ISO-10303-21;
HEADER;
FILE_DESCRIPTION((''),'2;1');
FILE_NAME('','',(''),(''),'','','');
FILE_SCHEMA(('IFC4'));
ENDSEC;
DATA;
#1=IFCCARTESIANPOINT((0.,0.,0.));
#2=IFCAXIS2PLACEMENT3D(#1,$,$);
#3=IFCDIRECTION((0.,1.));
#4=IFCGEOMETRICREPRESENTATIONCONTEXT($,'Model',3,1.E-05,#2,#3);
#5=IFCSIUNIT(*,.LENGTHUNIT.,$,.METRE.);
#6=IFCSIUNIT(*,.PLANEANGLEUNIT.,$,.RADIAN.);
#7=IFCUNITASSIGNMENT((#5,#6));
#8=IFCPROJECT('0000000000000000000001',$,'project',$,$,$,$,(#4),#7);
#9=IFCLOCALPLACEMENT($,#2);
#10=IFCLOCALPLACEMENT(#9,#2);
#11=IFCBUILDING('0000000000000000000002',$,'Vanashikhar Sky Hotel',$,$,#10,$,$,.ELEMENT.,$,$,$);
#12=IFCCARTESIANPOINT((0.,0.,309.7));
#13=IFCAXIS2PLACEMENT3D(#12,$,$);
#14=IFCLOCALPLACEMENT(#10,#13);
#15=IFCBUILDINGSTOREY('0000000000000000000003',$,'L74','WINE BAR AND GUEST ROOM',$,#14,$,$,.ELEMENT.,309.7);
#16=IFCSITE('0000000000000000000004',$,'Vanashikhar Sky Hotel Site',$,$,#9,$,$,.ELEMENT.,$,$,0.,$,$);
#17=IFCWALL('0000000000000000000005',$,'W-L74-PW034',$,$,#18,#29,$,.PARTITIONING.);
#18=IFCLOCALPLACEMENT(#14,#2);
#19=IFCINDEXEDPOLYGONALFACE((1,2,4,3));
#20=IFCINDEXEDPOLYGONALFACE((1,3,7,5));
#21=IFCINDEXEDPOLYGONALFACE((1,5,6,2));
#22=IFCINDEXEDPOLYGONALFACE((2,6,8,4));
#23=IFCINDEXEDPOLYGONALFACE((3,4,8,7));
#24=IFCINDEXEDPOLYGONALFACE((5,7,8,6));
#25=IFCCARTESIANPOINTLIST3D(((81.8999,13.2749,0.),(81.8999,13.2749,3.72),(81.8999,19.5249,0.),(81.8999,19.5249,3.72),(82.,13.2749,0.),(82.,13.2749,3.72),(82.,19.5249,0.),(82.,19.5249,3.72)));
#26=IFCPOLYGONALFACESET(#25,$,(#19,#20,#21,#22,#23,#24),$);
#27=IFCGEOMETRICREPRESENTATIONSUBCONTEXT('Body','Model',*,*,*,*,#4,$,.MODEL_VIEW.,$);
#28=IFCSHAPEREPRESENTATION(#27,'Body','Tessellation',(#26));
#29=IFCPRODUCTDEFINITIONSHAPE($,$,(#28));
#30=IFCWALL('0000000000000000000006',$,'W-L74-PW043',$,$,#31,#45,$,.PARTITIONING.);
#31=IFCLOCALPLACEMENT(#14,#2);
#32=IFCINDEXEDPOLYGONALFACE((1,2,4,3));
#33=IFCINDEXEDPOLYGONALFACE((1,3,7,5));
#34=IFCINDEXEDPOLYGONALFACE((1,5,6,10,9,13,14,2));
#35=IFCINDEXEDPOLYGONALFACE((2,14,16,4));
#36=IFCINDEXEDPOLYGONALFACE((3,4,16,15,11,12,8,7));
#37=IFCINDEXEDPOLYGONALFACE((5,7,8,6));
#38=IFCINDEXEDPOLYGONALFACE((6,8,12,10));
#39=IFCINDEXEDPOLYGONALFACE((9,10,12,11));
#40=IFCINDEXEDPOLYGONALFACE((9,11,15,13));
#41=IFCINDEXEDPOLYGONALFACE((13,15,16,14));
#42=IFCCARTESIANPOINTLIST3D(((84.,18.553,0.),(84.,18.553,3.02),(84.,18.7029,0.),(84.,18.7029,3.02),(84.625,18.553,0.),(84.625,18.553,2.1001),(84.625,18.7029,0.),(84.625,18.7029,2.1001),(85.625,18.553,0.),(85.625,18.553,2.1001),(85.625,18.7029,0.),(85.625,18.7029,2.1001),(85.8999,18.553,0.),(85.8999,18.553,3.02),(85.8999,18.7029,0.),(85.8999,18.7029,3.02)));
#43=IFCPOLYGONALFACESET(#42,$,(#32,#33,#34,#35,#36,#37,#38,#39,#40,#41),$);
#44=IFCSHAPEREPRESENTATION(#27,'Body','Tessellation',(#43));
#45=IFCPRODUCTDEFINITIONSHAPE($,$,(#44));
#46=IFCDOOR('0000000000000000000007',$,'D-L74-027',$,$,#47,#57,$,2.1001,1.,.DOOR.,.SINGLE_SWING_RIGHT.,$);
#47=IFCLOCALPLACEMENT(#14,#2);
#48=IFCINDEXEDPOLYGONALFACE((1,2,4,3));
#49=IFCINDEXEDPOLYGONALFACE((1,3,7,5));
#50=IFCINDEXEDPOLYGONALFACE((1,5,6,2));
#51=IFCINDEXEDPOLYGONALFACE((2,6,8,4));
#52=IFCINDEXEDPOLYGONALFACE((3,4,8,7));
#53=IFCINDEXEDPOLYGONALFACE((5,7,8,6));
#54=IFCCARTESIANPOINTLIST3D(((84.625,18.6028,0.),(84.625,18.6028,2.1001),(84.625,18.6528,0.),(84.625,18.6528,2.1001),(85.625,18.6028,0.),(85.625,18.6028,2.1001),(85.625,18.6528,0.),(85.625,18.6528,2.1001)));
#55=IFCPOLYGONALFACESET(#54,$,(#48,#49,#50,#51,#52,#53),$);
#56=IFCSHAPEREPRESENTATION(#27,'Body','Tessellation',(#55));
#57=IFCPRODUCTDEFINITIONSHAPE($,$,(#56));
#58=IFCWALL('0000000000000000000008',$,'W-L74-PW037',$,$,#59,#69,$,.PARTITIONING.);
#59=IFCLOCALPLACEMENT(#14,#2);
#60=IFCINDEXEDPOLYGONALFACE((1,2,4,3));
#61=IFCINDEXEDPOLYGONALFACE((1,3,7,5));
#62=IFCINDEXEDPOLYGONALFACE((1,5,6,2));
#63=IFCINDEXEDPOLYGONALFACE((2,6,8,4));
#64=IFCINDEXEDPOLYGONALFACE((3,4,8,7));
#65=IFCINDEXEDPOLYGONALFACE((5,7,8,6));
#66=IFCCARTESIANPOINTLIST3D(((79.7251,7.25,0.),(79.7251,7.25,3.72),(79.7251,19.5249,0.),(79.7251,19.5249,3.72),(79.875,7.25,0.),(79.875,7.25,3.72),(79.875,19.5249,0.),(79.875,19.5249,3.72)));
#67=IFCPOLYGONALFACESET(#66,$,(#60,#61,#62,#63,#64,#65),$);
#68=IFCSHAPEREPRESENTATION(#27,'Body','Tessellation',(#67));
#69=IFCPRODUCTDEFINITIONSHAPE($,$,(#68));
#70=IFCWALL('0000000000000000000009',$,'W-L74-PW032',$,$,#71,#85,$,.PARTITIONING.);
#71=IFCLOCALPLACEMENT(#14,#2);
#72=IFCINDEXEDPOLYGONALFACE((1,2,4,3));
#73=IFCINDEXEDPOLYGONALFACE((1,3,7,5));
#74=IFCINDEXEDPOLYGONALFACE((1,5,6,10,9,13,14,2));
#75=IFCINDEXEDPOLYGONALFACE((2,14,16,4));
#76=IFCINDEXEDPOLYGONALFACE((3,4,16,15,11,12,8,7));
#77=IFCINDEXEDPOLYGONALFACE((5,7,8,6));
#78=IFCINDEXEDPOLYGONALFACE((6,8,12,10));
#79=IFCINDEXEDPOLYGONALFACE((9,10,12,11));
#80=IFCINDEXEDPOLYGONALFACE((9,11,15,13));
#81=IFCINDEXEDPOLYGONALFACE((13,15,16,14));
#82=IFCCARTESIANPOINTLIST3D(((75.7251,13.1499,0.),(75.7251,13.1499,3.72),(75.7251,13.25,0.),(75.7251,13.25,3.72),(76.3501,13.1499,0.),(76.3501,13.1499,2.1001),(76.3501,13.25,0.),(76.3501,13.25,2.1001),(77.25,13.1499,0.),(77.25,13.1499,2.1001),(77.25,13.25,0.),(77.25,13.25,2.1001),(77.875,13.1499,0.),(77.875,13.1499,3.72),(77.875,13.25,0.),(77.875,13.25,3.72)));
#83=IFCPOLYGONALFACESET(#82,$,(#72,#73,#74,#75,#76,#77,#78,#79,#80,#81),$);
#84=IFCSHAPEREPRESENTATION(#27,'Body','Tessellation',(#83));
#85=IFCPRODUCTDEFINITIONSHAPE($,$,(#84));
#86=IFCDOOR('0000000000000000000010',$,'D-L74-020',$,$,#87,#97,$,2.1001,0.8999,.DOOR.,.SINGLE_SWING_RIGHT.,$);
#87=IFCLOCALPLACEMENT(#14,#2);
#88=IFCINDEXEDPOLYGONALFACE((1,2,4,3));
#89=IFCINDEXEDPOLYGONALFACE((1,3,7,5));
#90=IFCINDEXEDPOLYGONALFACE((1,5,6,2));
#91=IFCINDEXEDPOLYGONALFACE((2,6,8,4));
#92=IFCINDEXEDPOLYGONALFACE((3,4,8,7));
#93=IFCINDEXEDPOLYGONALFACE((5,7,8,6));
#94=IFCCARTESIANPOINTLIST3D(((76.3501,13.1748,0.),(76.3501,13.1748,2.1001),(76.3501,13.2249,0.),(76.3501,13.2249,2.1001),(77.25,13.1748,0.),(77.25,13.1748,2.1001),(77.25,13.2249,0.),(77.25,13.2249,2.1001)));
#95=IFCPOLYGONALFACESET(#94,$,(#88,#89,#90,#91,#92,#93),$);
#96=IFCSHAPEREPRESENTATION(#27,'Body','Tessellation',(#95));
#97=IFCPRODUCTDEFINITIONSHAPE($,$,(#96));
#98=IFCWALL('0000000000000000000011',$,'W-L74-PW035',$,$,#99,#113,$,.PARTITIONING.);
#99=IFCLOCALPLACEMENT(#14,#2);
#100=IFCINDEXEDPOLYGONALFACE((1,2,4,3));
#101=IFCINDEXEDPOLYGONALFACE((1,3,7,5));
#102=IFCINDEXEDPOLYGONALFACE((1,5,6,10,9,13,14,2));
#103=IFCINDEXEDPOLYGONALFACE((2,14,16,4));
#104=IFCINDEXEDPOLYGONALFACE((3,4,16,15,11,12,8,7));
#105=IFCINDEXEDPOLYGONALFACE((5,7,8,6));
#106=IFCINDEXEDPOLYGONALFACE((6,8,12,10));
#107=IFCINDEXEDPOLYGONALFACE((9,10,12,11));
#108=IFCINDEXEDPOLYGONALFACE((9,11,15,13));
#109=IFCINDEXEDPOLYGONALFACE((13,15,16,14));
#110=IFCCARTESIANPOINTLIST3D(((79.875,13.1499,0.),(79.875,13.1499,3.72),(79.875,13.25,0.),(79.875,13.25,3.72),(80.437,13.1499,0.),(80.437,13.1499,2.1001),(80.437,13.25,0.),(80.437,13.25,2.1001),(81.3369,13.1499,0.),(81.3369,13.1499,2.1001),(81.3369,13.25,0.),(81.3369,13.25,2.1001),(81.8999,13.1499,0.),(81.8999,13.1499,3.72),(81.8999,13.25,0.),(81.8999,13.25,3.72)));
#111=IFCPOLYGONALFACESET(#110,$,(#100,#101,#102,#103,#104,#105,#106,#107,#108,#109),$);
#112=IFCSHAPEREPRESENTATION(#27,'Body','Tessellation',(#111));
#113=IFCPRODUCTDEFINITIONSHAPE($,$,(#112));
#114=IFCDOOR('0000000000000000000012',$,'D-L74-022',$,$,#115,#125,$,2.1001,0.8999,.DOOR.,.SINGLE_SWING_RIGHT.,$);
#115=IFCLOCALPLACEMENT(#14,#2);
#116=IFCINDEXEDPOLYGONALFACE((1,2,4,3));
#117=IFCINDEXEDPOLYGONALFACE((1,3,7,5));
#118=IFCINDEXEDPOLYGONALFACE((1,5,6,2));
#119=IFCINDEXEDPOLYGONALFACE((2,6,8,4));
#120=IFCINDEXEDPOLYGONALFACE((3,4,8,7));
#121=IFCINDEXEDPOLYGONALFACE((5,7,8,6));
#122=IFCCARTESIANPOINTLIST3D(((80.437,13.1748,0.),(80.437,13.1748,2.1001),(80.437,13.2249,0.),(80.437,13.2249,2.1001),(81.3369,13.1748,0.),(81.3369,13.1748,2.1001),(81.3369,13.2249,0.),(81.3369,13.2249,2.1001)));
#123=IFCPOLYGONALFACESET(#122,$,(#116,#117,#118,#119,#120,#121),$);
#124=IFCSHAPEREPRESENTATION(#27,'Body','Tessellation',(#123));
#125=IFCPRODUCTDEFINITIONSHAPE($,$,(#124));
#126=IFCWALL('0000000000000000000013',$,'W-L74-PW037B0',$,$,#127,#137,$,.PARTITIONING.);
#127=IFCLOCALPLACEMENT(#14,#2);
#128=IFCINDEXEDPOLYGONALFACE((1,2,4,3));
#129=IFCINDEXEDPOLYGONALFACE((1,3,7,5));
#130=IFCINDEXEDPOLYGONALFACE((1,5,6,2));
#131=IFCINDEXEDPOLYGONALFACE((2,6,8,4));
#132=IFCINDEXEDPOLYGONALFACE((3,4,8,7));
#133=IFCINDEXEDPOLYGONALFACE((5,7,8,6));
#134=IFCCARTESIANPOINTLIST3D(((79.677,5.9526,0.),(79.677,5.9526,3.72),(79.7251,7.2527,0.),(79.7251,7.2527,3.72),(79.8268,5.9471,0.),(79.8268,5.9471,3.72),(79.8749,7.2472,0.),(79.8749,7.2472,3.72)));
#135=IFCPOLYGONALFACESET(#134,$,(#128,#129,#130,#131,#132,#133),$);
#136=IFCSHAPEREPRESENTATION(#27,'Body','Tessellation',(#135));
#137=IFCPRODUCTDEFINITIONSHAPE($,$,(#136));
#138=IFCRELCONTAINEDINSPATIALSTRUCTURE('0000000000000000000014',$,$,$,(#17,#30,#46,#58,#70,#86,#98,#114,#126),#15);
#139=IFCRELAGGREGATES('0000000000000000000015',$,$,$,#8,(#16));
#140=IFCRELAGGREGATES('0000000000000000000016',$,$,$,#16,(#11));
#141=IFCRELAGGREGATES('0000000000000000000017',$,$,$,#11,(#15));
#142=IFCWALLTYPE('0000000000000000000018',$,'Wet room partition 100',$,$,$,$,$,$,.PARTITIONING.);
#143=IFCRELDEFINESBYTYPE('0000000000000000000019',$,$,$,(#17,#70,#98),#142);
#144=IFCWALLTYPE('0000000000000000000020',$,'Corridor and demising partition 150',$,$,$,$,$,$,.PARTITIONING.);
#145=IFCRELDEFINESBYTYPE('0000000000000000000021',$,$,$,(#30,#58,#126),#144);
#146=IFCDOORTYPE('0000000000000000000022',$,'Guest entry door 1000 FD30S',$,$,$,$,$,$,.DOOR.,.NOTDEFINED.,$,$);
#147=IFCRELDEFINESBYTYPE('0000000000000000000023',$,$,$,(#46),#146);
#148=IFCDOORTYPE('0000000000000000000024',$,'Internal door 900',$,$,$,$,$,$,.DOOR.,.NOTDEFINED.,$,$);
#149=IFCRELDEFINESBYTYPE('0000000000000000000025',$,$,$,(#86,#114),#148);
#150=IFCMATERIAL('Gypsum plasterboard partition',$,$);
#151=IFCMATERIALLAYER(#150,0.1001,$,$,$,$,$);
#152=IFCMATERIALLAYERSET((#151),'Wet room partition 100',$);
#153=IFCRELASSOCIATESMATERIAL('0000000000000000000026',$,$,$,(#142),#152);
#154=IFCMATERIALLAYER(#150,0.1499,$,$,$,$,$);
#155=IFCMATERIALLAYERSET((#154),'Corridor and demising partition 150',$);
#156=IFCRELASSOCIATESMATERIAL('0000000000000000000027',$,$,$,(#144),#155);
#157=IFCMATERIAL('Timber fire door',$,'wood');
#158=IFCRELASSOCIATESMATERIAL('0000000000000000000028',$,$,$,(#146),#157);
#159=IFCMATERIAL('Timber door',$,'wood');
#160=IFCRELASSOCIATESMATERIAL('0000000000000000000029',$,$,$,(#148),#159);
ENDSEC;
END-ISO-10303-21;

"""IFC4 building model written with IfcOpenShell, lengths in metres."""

from ifc_helpers import new_model, si_unit, direction, frame, frame_2d, origin, place, context, subcontext, project, spatial, rectangle, extrude, source, transform, mapped, material, layer, layer_set, type_object, element, fill, save


model = new_model("IFC4")

# Units and contexts
model_context = context("Model", 3, precision=1e-05, world=origin(), true_north=direction((0.0, 1.0)))
body_context = subcontext(model_context, "Body", "Model", "MODEL_VIEW")
ifc_project = project(units=[si_unit("LENGTHUNIT", "METRE"), si_unit("PLANEANGLEUNIT", "RADIAN")], contexts=[model_context])

# Site, building, storey
site_placement = place(None, origin())
site = spatial("IfcSite", under=ifc_project, at=site_placement, Name="Vanashikhar Sky Hotel Site", CompositionType="ELEMENT", RefElevation=0.0)
building_placement = place(site_placement, origin())
building = spatial("IfcBuilding", under=site, at=building_placement, Name="Vanashikhar Sky Hotel", CompositionType="ELEMENT")
storey_placement = place(building_placement, frame((0.0, 0.0, 309.7)))
storey = spatial("IfcBuildingStorey", under=building, at=storey_placement, Name="L74", Description="WINE BAR AND GUEST ROOM", CompositionType="ELEMENT", Elevation=309.7)

# Wall
ifc_material_1 = material(Name="Gypsum plasterboard partition")
ifc_layer_1 = layer(ifc_material_1, 0.1001)
ifc_layer_set_1 = layer_set([ifc_layer_1], Name="Wet room partition 100")
wall_type_1 = type_object("IfcWallType", Name="Wet room partition 100", PredefinedType="PARTITIONING", material=ifc_layer_set_1)
shared_shape_1 = source(origin(), body_context, "Body", "SweptSolid", [
    extrude(rectangle(XDim=6.25, YDim=0.1001, at=frame_2d((3.125, 0.0))), origin(), (0.0, 0.0, 1.0), 3.72),
])
for number, where, z_axis, x_axis, name in (
    (1, (81.95, 13.2749, 0.0), (0.0, 0.0, 1.0), (0.0, 1.0, 0.0), "W-L74-PW034"),
):
    element("IfcWall", number, at=place(storey_placement, frame(where, z_axis=z_axis, x_axis=x_axis)), inside=storey, type_object=wall_type_1, Name=name, PredefinedType="PARTITIONING", context=body_context, shape_type="MappedRepresentation", body=[
        mapped(shared_shape_1, transform((0.0, 0.0, 0.0), scale=1.0)),
    ])

# Wall, opening, door
ifc_layer_2 = layer(ifc_material_1, 0.1499)
ifc_layer_set_2 = layer_set([ifc_layer_2], Name="Corridor and demising partition 150")
wall_type_2 = type_object("IfcWallType", Name="Corridor and demising partition 150", PredefinedType="PARTITIONING", material=ifc_layer_set_2)
shared_shape_2 = source(origin(), body_context, "Body", "SweptSolid", [
    extrude(rectangle(XDim=1.8999, YDim=0.1499, at=frame_2d((0.95, 0.0))), origin(), (0.0, 0.0, 1.0), 3.02),
])
wall_1_placement = place(storey_placement, frame((84.0, 18.6279, 0.0), z_axis=(0.0, 0.0, 1.0), x_axis=(1.0, 0.0, 0.0)))
wall_1 = element("IfcWall", 2, at=wall_1_placement, inside=storey, type_object=wall_type_2, Name="W-L74-PW043", PredefinedType="PARTITIONING", context=body_context, shape_type="MappedRepresentation", body=[
    mapped(shared_shape_2, transform((0.0, 0.0, 0.0), scale=1.0)),
])
shared_shape_3 = source(origin(), body_context, "Body", "SweptSolid", [
    extrude(rectangle(XDim=1.0, YDim=2.1001, at=frame_2d((0.5, 1.05))), frame((0.0, 0.085, 0.0), z_axis=(0.0, -1.0, 0.0), x_axis=(1.0, 0.0, 0.0)), (0.0, 0.0, 1.0), 0.1699),
])
opening_1_placement = place(wall_1_placement, frame((0.625, 0.0, 0.0)))
opening_1 = element("IfcOpeningElement", 3, at=opening_1_placement, cuts=wall_1, PredefinedType="OPENING", context=body_context, shape_type="MappedRepresentation", body=[
    mapped(shared_shape_3, transform((0.0, 0.0, 0.0), scale=1.0)),
])
ifc_material_2 = material(Name="Timber fire door", Category="wood")
door_type_1 = type_object("IfcDoorType", Name="Guest entry door 1000 FD30S", OperationType="NOTDEFINED", PredefinedType="DOOR", material=ifc_material_2)
shared_shape_4 = source(origin(), body_context, "Body", "SweptSolid", [
    extrude(rectangle(XDim=1.0, YDim=2.1001, at=frame_2d((0.5, 1.05))), frame((0.0, 0.0249, 0.0), z_axis=(0.0, -1.0, 0.0), x_axis=(1.0, 0.0, 0.0)), (0.0, 0.0, 1.0), 0.05),
])
door_1_placement = place(opening_1_placement, origin())
door_1 = element("IfcDoor", 4, at=door_1_placement, inside=storey, type_object=door_type_1, Name="D-L74-027", OperationType="SINGLE_SWING_RIGHT", OverallHeight=2.1001, OverallWidth=1.0, PredefinedType="DOOR", context=body_context, shape_type="MappedRepresentation", body=[
    mapped(shared_shape_4, transform((0.0, 0.0, 0.0), scale=1.0)),
])
fill(opening_1, door_1)

# Wall
shared_shape_5 = source(origin(), body_context, "Body", "SweptSolid", [
    extrude(rectangle(XDim=12.2749, YDim=0.1499, at=frame_2d((6.1375, 0.0))), origin(), (0.0, 0.0, 1.0), 3.72),
])
wall_2_placement = place(storey_placement, frame((79.8, 7.25, 0.0), z_axis=(0.0, 0.0, 1.0), x_axis=(0.0, 1.0, 0.0)))
element("IfcWall", 5, at=wall_2_placement, inside=storey, type_object=wall_type_2, Name="W-L74-PW037", PredefinedType="PARTITIONING", context=body_context, shape_type="MappedRepresentation", body=[
    mapped(shared_shape_5, transform((0.0, 0.0, 0.0), scale=1.0)),
])

# Walls, openings, doors
shared_shape_6 = source(origin(), body_context, "Body", "SweptSolid", [
    extrude(rectangle(XDim=2.1499, YDim=0.1001, at=frame_2d((1.075, 0.0))), origin(), (0.0, 0.0, 1.0), 3.72),
])
wall_3_placement = place(storey_placement, frame((75.7251, 13.2, 0.0), z_axis=(0.0, 0.0, 1.0), x_axis=(1.0, 0.0, 0.0)))
wall_3 = element("IfcWall", 6, at=wall_3_placement, inside=storey, type_object=wall_type_1, Name="W-L74-PW032", PredefinedType="PARTITIONING", context=body_context, shape_type="MappedRepresentation", body=[
    mapped(shared_shape_6, transform((0.0, 0.0, 0.0), scale=1.0)),
])
shared_shape_7 = source(origin(), body_context, "Body", "SweptSolid", [
    extrude(rectangle(XDim=0.8999, YDim=2.1001, at=frame_2d((0.45, 1.05))), frame((0.0, 0.0601, 0.0), z_axis=(0.0, -1.0, 0.0), x_axis=(1.0, 0.0, 0.0)), (0.0, 0.0, 1.0), 0.1201),
])
opening_2_placement = place(wall_3_placement, frame((0.625, 0.0, 0.0)))
opening_2 = element("IfcOpeningElement", 7, at=opening_2_placement, cuts=wall_3, PredefinedType="OPENING", context=body_context, shape_type="MappedRepresentation", body=[
    mapped(shared_shape_7, transform((0.0, 0.0, 0.0), scale=1.0)),
])
ifc_material_3 = material(Name="Timber door", Category="wood")
door_type_2 = type_object("IfcDoorType", Name="Internal door 900", OperationType="NOTDEFINED", PredefinedType="DOOR", material=ifc_material_3)
shared_shape_8 = source(origin(), body_context, "Body", "SweptSolid", [
    extrude(rectangle(XDim=0.8999, YDim=2.1001, at=frame_2d((0.45, 1.05))), frame((0.0, 0.0249, 0.0), z_axis=(0.0, -1.0, 0.0), x_axis=(1.0, 0.0, 0.0)), (0.0, 0.0, 1.0), 0.05),
])
door_2_placement = place(opening_2_placement, origin())
door_2 = element("IfcDoor", 8, at=door_2_placement, inside=storey, type_object=door_type_2, Name="D-L74-020", OperationType="SINGLE_SWING_RIGHT", OverallHeight=2.1001, OverallWidth=0.8999, PredefinedType="DOOR", context=body_context, shape_type="MappedRepresentation", body=[
    mapped(shared_shape_8, transform((0.0, 0.0, 0.0), scale=1.0)),
])
fill(opening_2, door_2)
shared_shape_9 = source(origin(), body_context, "Body", "SweptSolid", [
    extrude(rectangle(XDim=2.0249, YDim=0.1001, at=frame_2d((1.0125, 0.0))), origin(), (0.0, 0.0, 1.0), 3.72),
])
wall_4_placement = place(storey_placement, frame((79.875, 13.2, 0.0), z_axis=(0.0, 0.0, 1.0), x_axis=(1.0, 0.0, 0.0)))
wall_4 = element("IfcWall", 9, at=wall_4_placement, inside=storey, type_object=wall_type_1, Name="W-L74-PW035", PredefinedType="PARTITIONING", context=body_context, shape_type="MappedRepresentation", body=[
    mapped(shared_shape_9, transform((0.0, 0.0, 0.0), scale=1.0)),
])
opening_3_placement = place(wall_4_placement, frame((0.562, 0.0, 0.0)))
opening_3 = element("IfcOpeningElement", 10, at=opening_3_placement, cuts=wall_4, PredefinedType="OPENING", context=body_context, shape_type="MappedRepresentation", body=[
    mapped(shared_shape_7, transform((0.0, 0.0, 0.0), scale=1.0)),
])
door_3_placement = place(opening_3_placement, origin())
door_3 = element("IfcDoor", 11, at=door_3_placement, inside=storey, type_object=door_type_2, Name="D-L74-022", OperationType="SINGLE_SWING_RIGHT", OverallHeight=2.1001, OverallWidth=0.8999, PredefinedType="DOOR", context=body_context, shape_type="MappedRepresentation", body=[
    mapped(shared_shape_8, transform((0.0, 0.0, 0.0), scale=1.0)),
])
fill(opening_3, door_3)

# Wall
shared_shape_10 = source(origin(), body_context, "Body", "SweptSolid", [
    extrude(rectangle(XDim=1.301, YDim=0.1499, at=frame_2d((0.6504, 0.0))), origin(), (0.0, 0.0, 1.0), 3.72),
])
wall_5_placement = place(storey_placement, frame((79.752, 5.95, 0.0), z_axis=(0.0, 0.0, 1.0), x_axis=(0.03697, 0.999316, 0.0)))
element("IfcWall", 12, at=wall_5_placement, inside=storey, type_object=wall_type_2, Name="W-L74-PW037B0", PredefinedType="PARTITIONING", context=body_context, shape_type="MappedRepresentation", body=[
    mapped(shared_shape_10, transform((0.0, 0.0, 0.0), scale=1.0)),
])

save(model, "model.ifc")
